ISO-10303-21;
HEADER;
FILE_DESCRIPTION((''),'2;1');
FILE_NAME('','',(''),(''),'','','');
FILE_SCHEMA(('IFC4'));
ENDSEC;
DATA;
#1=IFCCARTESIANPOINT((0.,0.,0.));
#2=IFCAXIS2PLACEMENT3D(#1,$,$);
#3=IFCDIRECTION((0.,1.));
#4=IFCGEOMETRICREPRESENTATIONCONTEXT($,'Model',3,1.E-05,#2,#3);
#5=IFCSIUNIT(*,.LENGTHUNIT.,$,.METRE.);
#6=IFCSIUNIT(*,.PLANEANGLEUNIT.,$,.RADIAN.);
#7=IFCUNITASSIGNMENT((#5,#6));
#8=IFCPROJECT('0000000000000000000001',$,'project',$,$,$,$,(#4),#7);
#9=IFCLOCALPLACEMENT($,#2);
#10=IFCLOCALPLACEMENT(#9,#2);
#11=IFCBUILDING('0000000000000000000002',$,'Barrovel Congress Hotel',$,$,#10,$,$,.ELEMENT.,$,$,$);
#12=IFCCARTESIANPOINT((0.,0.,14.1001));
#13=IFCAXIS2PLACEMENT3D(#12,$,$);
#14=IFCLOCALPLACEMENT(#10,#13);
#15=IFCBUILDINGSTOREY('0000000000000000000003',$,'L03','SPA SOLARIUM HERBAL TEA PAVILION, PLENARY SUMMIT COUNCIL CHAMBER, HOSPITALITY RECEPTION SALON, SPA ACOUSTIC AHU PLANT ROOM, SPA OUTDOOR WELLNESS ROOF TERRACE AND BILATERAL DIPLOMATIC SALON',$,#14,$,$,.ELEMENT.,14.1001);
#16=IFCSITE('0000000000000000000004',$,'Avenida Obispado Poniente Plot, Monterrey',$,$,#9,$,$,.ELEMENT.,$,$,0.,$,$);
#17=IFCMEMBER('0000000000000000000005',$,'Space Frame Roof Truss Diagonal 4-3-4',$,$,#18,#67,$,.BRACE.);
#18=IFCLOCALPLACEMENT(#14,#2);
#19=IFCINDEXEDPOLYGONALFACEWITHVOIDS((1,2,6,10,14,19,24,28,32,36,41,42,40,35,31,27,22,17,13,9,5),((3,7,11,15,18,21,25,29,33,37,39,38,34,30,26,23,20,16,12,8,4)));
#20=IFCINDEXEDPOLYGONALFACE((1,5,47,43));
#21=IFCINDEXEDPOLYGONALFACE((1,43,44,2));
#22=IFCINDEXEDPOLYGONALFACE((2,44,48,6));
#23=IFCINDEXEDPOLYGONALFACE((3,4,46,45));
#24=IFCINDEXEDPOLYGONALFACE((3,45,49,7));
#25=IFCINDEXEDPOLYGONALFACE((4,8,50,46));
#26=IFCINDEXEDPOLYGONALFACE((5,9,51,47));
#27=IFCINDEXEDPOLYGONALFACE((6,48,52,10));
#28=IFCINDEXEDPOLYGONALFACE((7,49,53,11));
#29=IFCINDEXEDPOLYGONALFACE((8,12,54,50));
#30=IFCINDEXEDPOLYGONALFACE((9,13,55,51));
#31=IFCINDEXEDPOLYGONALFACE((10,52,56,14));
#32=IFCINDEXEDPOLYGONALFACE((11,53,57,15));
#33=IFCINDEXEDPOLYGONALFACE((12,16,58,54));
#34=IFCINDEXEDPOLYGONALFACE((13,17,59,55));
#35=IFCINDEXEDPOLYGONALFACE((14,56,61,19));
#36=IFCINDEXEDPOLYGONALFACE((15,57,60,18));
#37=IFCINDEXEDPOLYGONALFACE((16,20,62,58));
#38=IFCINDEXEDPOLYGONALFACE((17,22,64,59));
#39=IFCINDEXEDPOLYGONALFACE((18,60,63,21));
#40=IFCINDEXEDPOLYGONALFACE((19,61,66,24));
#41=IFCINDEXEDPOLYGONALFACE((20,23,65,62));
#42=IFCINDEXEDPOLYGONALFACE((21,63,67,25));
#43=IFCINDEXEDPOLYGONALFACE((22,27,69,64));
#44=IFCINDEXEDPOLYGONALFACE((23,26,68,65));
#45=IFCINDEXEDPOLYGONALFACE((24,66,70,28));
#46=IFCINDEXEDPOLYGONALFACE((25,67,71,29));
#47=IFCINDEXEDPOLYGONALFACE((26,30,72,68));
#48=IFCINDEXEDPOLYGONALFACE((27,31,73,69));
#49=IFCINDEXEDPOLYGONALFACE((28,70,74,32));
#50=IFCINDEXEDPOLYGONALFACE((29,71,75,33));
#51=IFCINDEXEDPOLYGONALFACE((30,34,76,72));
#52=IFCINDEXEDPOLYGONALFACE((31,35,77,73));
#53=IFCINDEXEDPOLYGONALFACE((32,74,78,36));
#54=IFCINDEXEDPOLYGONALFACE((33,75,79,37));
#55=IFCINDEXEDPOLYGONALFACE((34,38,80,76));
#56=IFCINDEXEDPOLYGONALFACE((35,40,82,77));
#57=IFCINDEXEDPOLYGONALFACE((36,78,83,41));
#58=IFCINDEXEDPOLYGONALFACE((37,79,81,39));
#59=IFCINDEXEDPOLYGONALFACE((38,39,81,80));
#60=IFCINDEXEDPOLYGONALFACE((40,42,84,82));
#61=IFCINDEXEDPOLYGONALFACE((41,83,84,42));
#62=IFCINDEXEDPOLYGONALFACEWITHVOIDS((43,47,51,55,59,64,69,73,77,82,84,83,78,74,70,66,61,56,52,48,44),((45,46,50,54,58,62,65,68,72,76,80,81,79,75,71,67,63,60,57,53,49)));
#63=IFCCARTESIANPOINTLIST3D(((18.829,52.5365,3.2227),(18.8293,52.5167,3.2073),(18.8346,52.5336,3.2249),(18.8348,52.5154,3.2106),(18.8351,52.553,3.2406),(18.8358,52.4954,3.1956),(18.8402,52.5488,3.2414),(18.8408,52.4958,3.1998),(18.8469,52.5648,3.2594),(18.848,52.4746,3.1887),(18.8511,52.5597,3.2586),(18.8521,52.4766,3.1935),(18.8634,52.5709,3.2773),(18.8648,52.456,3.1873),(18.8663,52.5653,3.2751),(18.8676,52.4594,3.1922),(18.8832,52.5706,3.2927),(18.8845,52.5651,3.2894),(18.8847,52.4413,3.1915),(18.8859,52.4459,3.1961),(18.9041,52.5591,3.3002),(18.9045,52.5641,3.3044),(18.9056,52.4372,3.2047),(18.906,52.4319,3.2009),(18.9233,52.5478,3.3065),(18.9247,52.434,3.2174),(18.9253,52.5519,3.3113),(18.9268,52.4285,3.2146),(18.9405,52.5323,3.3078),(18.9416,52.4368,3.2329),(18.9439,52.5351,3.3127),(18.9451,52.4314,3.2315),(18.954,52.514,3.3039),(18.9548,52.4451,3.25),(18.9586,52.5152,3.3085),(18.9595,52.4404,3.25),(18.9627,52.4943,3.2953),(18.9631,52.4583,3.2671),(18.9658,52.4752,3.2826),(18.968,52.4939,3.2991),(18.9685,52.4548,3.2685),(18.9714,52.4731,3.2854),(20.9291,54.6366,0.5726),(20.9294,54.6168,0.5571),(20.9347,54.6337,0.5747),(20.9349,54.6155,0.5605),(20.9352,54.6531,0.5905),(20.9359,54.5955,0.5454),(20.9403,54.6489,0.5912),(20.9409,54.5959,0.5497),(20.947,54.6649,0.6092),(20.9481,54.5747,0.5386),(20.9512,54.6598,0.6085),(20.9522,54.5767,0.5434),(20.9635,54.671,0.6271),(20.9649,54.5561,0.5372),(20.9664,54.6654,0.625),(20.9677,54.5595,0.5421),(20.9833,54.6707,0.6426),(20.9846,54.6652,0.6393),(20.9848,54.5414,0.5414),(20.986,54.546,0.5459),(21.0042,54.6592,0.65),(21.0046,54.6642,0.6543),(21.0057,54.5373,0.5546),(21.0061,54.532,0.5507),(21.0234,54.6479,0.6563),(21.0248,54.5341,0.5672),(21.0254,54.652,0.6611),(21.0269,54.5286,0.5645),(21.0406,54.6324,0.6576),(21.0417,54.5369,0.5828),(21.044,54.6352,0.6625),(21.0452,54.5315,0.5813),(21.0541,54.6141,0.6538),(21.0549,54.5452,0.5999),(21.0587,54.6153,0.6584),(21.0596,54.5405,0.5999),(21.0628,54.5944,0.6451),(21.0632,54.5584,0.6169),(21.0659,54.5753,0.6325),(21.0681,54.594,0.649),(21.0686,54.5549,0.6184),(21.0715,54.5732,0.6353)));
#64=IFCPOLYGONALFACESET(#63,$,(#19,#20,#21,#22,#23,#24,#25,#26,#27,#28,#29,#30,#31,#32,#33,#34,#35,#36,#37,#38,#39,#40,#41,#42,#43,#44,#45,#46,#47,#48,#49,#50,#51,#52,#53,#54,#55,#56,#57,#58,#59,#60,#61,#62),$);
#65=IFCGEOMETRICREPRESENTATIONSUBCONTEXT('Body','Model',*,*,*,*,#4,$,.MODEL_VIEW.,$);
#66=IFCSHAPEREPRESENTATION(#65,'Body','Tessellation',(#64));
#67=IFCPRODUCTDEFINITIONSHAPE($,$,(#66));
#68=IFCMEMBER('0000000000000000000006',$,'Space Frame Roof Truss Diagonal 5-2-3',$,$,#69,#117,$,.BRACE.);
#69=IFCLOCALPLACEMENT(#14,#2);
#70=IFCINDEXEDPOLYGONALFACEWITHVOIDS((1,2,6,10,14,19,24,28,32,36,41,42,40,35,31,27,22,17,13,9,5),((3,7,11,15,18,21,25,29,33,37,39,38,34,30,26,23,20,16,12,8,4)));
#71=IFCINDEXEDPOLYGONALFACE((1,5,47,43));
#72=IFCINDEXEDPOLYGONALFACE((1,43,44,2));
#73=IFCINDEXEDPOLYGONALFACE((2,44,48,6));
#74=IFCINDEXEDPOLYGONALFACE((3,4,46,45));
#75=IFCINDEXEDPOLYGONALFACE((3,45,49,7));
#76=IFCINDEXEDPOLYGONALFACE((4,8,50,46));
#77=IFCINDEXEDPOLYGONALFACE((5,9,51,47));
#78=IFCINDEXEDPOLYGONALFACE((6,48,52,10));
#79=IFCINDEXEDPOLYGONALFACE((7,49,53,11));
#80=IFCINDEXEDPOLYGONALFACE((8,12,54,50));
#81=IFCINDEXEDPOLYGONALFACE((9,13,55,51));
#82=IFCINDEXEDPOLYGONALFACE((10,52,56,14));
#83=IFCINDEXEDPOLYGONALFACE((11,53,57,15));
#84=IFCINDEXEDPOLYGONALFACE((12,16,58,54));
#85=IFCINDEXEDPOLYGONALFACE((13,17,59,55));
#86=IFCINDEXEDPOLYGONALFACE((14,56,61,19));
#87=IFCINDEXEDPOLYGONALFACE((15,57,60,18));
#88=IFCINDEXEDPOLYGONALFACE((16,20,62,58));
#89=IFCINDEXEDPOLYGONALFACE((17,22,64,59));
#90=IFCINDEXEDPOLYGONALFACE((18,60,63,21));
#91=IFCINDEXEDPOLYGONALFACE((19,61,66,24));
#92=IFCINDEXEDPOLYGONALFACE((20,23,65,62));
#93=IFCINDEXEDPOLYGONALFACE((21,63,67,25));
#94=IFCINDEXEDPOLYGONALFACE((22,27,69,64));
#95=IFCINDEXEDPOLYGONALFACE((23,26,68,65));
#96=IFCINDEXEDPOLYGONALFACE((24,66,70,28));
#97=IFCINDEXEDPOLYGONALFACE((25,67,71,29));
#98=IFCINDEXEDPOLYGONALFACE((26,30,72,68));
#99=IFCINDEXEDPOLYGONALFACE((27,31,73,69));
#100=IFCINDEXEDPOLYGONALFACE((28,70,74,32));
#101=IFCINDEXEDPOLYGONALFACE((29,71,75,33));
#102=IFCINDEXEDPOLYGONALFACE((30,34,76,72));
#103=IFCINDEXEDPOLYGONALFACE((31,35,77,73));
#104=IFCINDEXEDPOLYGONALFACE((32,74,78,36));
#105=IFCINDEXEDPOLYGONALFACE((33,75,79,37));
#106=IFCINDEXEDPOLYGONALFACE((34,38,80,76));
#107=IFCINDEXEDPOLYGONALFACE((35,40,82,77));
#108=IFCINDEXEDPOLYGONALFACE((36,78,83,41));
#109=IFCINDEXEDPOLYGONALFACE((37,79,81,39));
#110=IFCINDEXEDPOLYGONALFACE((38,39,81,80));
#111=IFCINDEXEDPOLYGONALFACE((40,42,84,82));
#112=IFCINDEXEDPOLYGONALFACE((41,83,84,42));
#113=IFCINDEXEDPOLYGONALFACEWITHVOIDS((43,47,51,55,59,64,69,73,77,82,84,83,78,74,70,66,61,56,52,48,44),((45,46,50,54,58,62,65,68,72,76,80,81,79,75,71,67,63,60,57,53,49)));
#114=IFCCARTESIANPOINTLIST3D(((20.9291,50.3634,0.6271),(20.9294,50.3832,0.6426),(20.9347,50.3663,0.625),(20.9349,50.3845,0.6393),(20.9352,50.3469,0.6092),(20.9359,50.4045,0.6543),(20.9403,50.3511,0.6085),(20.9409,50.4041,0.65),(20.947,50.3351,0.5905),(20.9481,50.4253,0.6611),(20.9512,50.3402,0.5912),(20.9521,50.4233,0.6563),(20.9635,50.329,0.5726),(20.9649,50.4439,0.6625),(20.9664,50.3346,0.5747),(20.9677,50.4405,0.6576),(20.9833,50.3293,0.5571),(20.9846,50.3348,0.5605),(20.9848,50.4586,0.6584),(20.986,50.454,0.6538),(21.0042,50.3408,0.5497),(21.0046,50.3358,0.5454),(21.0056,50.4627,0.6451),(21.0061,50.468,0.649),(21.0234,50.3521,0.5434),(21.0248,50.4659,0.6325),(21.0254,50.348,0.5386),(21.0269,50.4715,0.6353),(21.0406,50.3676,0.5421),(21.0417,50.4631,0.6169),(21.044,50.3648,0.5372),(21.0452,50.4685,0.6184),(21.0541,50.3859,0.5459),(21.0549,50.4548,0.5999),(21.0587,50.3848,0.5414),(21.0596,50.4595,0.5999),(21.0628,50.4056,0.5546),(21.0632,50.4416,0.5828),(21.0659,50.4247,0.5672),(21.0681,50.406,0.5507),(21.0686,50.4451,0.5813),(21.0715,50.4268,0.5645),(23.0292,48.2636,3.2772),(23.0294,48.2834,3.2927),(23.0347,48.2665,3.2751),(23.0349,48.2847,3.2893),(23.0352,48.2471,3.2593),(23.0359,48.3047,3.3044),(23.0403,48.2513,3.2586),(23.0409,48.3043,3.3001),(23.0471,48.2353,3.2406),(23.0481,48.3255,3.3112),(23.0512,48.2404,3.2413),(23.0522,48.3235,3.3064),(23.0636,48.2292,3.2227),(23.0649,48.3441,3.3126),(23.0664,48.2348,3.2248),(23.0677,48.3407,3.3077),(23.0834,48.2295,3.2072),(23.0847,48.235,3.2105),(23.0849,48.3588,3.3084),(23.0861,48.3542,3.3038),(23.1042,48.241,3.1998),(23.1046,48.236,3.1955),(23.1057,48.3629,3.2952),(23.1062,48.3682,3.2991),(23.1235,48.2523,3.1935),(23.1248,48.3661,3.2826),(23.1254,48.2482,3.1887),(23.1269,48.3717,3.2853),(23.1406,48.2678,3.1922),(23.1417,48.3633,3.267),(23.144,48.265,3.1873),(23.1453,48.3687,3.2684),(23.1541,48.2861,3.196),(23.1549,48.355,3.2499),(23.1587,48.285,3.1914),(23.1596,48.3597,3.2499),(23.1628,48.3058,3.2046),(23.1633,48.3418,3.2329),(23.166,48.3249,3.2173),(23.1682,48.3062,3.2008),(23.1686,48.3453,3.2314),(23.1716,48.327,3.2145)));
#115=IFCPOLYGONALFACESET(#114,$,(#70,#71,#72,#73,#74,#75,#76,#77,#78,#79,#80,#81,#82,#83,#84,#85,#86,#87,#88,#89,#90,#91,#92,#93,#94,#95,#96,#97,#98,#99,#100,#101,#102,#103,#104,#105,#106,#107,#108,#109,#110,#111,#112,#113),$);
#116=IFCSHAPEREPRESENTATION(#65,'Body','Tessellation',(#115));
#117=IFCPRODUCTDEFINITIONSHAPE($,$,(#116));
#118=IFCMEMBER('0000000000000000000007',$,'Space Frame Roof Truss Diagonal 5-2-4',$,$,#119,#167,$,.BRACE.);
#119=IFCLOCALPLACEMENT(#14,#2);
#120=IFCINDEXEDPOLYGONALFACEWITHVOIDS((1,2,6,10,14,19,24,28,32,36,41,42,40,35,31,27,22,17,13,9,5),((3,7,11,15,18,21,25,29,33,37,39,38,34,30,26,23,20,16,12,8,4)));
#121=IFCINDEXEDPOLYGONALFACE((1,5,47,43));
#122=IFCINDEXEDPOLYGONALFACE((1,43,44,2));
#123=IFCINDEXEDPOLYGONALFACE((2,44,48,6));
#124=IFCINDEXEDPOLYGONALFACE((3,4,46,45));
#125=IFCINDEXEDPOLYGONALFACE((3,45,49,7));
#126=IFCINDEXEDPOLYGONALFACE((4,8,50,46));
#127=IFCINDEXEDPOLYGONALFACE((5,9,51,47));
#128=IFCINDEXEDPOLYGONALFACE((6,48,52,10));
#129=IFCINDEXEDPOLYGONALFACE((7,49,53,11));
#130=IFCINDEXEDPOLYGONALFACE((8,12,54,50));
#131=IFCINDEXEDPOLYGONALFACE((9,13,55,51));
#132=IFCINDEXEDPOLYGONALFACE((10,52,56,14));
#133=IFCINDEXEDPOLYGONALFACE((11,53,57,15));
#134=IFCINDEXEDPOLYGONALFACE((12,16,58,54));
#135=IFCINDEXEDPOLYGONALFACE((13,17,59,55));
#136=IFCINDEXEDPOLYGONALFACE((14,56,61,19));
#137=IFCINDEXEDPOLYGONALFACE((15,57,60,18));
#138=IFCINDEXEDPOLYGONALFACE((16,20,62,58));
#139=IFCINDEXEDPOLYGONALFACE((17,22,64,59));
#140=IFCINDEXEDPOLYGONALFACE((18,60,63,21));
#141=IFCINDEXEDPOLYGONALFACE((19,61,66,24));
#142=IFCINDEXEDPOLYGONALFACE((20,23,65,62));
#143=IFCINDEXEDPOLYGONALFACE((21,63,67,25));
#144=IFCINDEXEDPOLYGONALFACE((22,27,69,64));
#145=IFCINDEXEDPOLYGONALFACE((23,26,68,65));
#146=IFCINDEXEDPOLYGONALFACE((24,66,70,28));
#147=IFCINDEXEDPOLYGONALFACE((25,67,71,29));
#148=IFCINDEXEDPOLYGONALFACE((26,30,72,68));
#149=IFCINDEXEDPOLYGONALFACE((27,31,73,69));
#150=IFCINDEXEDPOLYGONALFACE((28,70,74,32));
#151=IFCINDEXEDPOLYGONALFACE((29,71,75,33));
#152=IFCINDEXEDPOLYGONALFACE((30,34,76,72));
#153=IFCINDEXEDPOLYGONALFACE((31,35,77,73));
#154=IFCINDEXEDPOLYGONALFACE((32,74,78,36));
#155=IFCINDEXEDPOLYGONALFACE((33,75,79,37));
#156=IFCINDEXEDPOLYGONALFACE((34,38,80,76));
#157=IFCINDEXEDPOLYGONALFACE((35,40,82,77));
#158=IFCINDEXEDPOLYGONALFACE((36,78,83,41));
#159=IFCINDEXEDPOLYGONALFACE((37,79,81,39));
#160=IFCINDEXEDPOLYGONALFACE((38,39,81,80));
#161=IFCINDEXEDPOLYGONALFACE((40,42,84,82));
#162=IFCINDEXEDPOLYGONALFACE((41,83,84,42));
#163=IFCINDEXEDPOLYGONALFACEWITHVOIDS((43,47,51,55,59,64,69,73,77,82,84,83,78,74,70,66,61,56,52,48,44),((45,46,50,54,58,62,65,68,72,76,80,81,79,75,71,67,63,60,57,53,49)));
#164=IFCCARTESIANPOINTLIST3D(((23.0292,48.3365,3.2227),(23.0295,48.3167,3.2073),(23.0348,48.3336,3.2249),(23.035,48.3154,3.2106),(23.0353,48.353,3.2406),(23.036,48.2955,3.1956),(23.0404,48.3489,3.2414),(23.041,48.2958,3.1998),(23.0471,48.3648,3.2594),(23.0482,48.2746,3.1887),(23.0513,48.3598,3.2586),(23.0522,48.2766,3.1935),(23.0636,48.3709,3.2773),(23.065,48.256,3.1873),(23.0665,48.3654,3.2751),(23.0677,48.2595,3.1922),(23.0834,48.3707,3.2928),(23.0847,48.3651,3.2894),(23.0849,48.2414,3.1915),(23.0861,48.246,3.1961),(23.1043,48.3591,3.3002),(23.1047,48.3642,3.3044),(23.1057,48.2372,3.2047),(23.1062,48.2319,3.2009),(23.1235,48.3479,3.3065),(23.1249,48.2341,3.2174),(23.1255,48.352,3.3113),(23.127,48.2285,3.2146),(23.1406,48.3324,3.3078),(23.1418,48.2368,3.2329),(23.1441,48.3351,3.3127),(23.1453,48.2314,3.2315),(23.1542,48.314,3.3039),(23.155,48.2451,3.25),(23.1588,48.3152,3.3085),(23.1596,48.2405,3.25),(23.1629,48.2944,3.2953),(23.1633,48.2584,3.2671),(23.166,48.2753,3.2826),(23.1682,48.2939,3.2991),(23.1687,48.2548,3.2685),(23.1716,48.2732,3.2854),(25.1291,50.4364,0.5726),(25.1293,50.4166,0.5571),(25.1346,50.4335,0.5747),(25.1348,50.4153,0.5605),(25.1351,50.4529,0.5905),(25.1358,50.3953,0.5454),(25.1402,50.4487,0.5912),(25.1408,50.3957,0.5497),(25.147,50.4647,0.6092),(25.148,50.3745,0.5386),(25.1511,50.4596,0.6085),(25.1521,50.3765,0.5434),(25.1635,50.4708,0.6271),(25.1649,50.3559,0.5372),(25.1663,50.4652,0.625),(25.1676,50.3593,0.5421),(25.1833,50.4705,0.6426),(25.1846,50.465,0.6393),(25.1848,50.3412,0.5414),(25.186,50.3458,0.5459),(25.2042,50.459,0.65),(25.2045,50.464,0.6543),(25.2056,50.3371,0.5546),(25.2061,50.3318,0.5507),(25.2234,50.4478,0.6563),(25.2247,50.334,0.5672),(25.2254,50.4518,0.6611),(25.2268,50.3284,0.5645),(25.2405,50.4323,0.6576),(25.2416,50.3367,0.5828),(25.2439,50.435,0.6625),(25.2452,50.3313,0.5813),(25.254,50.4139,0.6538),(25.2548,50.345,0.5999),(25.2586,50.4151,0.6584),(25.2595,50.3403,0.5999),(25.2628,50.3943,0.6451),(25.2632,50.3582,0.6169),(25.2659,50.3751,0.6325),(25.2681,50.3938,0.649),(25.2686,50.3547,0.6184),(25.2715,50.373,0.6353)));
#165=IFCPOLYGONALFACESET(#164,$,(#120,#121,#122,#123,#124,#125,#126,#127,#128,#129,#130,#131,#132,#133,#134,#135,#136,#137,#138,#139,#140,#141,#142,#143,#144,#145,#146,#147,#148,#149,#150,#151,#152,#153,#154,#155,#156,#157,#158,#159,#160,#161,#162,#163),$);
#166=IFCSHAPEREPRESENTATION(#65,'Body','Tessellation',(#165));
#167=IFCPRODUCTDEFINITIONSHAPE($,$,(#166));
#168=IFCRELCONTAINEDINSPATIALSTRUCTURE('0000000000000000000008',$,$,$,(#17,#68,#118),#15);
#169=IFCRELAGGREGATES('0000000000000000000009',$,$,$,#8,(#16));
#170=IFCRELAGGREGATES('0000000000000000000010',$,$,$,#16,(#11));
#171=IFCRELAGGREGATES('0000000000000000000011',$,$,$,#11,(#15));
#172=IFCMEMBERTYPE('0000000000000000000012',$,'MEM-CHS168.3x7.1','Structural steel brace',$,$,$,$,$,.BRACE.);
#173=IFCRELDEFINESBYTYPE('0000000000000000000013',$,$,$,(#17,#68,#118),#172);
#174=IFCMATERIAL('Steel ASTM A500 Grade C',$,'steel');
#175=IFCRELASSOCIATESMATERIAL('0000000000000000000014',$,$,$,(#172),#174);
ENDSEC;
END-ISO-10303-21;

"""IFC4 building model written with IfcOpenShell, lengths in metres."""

from ifc_helpers import new_model, si_unit, direction, frame, origin, origin_2d, place, context, subcontext, project, spatial, hollow_circle, extrude, material, material_profile, profile_set, type_object, element, save


model = new_model("IFC4")

# Units and contexts
model_context = context("Model", 3, precision=1e-05, world=origin(), true_north=direction((0.0, 1.0)))
body_context = subcontext(model_context, "Body", "Model", "MODEL_VIEW")
ifc_project = project(units=[si_unit("LENGTHUNIT", "METRE"), si_unit("PLANEANGLEUNIT", "RADIAN")], contexts=[model_context])

# Site, building, storey
site_placement = place(None, origin())
site = spatial("IfcSite", under=ifc_project, at=site_placement, Name="Avenida Obispado Poniente Plot, Monterrey", CompositionType="ELEMENT", RefElevation=0.0)
building_placement = place(site_placement, origin())
building = spatial("IfcBuilding", under=site, at=building_placement, Name="Barrovel Congress Hotel", CompositionType="ELEMENT")
storey_placement = place(building_placement, frame((0.0, 0.0, 14.1001)))
storey = spatial("IfcBuildingStorey", under=building, at=storey_placement, Name="L03", Description="SPA SOLARIUM HERBAL TEA PAVILION, PLENARY SUMMIT COUNCIL CHAMBER, HOSPITALITY RECEPTION SALON, SPA ACOUSTIC AHU PLANT ROOM, SPA OUTDOOR WELLNESS ROOF TERRACE AND BILATERAL DIPLOMATIC SALON", CompositionType="ELEMENT", Elevation=14.1001)

# Members
ifc_material_1 = material(Name="Steel ASTM A500 Grade C", Category="steel")
ifc_material_profile_1 = material_profile(ifc_material_1, hollow_circle(Radius=0.0842, WallThickness=0.0066, at=origin_2d()), Name="CHS168.3x7.1")
ifc_profile_set_1 = profile_set([ifc_material_profile_1], Name="Steel ASTM A500 Grade C")
member_type_1 = type_object("IfcMemberType", Name="MEM-CHS168.3x7.1", Description="Structural steel brace", PredefinedType="BRACE", material=ifc_profile_set_1)
member_1_placement = place(storey_placement, frame((21.0, 54.6001, 0.5999), z_axis=(-0.527601, -0.527601, 0.665788), x_axis=(0.707107, -0.707107, 0.0)))
element("IfcMember", 1, at=member_1_placement, inside=storey, type_object=member_type_1, Name="Space Frame Roof Truss Diagonal 4-3-4", PredefinedType="BRACE", context=body_context, shape_type="SweptSolid", body=[
    extrude(hollow_circle(Radius=0.0842, WallThickness=0.0066, at=origin_2d()), origin(), (0.0, 0.0, 1.0), 3.9805),
])
for number, where, z_axis, x_axis, name in (
    (2, (21.0, 50.3999, 0.5999), (0.527618, -0.527557, 0.66581), (0.707066, 0.707148, 0.0), "Space Frame Roof Truss Diagonal 5-2-3"),
    (3, (25.2, 50.3999, 0.5999), (-0.527574, -0.527574, 0.665831), (0.707107, -0.707107, 0.0), "Space Frame Roof Truss Diagonal 5-2-4"),
):
    element("IfcMember", number, at=place(storey_placement, frame(where, z_axis=z_axis, x_axis=x_axis)), inside=storey, type_object=member_type_1, Name=name, PredefinedType="BRACE", context=body_context, shape_type="SweptSolid", body=[
        extrude(hollow_circle(Radius=0.0842, WallThickness=0.0066, at=origin_2d()), origin(), (0.0, 0.0, 1.0), 3.9802),
    ])

save(model, "model.ifc")
